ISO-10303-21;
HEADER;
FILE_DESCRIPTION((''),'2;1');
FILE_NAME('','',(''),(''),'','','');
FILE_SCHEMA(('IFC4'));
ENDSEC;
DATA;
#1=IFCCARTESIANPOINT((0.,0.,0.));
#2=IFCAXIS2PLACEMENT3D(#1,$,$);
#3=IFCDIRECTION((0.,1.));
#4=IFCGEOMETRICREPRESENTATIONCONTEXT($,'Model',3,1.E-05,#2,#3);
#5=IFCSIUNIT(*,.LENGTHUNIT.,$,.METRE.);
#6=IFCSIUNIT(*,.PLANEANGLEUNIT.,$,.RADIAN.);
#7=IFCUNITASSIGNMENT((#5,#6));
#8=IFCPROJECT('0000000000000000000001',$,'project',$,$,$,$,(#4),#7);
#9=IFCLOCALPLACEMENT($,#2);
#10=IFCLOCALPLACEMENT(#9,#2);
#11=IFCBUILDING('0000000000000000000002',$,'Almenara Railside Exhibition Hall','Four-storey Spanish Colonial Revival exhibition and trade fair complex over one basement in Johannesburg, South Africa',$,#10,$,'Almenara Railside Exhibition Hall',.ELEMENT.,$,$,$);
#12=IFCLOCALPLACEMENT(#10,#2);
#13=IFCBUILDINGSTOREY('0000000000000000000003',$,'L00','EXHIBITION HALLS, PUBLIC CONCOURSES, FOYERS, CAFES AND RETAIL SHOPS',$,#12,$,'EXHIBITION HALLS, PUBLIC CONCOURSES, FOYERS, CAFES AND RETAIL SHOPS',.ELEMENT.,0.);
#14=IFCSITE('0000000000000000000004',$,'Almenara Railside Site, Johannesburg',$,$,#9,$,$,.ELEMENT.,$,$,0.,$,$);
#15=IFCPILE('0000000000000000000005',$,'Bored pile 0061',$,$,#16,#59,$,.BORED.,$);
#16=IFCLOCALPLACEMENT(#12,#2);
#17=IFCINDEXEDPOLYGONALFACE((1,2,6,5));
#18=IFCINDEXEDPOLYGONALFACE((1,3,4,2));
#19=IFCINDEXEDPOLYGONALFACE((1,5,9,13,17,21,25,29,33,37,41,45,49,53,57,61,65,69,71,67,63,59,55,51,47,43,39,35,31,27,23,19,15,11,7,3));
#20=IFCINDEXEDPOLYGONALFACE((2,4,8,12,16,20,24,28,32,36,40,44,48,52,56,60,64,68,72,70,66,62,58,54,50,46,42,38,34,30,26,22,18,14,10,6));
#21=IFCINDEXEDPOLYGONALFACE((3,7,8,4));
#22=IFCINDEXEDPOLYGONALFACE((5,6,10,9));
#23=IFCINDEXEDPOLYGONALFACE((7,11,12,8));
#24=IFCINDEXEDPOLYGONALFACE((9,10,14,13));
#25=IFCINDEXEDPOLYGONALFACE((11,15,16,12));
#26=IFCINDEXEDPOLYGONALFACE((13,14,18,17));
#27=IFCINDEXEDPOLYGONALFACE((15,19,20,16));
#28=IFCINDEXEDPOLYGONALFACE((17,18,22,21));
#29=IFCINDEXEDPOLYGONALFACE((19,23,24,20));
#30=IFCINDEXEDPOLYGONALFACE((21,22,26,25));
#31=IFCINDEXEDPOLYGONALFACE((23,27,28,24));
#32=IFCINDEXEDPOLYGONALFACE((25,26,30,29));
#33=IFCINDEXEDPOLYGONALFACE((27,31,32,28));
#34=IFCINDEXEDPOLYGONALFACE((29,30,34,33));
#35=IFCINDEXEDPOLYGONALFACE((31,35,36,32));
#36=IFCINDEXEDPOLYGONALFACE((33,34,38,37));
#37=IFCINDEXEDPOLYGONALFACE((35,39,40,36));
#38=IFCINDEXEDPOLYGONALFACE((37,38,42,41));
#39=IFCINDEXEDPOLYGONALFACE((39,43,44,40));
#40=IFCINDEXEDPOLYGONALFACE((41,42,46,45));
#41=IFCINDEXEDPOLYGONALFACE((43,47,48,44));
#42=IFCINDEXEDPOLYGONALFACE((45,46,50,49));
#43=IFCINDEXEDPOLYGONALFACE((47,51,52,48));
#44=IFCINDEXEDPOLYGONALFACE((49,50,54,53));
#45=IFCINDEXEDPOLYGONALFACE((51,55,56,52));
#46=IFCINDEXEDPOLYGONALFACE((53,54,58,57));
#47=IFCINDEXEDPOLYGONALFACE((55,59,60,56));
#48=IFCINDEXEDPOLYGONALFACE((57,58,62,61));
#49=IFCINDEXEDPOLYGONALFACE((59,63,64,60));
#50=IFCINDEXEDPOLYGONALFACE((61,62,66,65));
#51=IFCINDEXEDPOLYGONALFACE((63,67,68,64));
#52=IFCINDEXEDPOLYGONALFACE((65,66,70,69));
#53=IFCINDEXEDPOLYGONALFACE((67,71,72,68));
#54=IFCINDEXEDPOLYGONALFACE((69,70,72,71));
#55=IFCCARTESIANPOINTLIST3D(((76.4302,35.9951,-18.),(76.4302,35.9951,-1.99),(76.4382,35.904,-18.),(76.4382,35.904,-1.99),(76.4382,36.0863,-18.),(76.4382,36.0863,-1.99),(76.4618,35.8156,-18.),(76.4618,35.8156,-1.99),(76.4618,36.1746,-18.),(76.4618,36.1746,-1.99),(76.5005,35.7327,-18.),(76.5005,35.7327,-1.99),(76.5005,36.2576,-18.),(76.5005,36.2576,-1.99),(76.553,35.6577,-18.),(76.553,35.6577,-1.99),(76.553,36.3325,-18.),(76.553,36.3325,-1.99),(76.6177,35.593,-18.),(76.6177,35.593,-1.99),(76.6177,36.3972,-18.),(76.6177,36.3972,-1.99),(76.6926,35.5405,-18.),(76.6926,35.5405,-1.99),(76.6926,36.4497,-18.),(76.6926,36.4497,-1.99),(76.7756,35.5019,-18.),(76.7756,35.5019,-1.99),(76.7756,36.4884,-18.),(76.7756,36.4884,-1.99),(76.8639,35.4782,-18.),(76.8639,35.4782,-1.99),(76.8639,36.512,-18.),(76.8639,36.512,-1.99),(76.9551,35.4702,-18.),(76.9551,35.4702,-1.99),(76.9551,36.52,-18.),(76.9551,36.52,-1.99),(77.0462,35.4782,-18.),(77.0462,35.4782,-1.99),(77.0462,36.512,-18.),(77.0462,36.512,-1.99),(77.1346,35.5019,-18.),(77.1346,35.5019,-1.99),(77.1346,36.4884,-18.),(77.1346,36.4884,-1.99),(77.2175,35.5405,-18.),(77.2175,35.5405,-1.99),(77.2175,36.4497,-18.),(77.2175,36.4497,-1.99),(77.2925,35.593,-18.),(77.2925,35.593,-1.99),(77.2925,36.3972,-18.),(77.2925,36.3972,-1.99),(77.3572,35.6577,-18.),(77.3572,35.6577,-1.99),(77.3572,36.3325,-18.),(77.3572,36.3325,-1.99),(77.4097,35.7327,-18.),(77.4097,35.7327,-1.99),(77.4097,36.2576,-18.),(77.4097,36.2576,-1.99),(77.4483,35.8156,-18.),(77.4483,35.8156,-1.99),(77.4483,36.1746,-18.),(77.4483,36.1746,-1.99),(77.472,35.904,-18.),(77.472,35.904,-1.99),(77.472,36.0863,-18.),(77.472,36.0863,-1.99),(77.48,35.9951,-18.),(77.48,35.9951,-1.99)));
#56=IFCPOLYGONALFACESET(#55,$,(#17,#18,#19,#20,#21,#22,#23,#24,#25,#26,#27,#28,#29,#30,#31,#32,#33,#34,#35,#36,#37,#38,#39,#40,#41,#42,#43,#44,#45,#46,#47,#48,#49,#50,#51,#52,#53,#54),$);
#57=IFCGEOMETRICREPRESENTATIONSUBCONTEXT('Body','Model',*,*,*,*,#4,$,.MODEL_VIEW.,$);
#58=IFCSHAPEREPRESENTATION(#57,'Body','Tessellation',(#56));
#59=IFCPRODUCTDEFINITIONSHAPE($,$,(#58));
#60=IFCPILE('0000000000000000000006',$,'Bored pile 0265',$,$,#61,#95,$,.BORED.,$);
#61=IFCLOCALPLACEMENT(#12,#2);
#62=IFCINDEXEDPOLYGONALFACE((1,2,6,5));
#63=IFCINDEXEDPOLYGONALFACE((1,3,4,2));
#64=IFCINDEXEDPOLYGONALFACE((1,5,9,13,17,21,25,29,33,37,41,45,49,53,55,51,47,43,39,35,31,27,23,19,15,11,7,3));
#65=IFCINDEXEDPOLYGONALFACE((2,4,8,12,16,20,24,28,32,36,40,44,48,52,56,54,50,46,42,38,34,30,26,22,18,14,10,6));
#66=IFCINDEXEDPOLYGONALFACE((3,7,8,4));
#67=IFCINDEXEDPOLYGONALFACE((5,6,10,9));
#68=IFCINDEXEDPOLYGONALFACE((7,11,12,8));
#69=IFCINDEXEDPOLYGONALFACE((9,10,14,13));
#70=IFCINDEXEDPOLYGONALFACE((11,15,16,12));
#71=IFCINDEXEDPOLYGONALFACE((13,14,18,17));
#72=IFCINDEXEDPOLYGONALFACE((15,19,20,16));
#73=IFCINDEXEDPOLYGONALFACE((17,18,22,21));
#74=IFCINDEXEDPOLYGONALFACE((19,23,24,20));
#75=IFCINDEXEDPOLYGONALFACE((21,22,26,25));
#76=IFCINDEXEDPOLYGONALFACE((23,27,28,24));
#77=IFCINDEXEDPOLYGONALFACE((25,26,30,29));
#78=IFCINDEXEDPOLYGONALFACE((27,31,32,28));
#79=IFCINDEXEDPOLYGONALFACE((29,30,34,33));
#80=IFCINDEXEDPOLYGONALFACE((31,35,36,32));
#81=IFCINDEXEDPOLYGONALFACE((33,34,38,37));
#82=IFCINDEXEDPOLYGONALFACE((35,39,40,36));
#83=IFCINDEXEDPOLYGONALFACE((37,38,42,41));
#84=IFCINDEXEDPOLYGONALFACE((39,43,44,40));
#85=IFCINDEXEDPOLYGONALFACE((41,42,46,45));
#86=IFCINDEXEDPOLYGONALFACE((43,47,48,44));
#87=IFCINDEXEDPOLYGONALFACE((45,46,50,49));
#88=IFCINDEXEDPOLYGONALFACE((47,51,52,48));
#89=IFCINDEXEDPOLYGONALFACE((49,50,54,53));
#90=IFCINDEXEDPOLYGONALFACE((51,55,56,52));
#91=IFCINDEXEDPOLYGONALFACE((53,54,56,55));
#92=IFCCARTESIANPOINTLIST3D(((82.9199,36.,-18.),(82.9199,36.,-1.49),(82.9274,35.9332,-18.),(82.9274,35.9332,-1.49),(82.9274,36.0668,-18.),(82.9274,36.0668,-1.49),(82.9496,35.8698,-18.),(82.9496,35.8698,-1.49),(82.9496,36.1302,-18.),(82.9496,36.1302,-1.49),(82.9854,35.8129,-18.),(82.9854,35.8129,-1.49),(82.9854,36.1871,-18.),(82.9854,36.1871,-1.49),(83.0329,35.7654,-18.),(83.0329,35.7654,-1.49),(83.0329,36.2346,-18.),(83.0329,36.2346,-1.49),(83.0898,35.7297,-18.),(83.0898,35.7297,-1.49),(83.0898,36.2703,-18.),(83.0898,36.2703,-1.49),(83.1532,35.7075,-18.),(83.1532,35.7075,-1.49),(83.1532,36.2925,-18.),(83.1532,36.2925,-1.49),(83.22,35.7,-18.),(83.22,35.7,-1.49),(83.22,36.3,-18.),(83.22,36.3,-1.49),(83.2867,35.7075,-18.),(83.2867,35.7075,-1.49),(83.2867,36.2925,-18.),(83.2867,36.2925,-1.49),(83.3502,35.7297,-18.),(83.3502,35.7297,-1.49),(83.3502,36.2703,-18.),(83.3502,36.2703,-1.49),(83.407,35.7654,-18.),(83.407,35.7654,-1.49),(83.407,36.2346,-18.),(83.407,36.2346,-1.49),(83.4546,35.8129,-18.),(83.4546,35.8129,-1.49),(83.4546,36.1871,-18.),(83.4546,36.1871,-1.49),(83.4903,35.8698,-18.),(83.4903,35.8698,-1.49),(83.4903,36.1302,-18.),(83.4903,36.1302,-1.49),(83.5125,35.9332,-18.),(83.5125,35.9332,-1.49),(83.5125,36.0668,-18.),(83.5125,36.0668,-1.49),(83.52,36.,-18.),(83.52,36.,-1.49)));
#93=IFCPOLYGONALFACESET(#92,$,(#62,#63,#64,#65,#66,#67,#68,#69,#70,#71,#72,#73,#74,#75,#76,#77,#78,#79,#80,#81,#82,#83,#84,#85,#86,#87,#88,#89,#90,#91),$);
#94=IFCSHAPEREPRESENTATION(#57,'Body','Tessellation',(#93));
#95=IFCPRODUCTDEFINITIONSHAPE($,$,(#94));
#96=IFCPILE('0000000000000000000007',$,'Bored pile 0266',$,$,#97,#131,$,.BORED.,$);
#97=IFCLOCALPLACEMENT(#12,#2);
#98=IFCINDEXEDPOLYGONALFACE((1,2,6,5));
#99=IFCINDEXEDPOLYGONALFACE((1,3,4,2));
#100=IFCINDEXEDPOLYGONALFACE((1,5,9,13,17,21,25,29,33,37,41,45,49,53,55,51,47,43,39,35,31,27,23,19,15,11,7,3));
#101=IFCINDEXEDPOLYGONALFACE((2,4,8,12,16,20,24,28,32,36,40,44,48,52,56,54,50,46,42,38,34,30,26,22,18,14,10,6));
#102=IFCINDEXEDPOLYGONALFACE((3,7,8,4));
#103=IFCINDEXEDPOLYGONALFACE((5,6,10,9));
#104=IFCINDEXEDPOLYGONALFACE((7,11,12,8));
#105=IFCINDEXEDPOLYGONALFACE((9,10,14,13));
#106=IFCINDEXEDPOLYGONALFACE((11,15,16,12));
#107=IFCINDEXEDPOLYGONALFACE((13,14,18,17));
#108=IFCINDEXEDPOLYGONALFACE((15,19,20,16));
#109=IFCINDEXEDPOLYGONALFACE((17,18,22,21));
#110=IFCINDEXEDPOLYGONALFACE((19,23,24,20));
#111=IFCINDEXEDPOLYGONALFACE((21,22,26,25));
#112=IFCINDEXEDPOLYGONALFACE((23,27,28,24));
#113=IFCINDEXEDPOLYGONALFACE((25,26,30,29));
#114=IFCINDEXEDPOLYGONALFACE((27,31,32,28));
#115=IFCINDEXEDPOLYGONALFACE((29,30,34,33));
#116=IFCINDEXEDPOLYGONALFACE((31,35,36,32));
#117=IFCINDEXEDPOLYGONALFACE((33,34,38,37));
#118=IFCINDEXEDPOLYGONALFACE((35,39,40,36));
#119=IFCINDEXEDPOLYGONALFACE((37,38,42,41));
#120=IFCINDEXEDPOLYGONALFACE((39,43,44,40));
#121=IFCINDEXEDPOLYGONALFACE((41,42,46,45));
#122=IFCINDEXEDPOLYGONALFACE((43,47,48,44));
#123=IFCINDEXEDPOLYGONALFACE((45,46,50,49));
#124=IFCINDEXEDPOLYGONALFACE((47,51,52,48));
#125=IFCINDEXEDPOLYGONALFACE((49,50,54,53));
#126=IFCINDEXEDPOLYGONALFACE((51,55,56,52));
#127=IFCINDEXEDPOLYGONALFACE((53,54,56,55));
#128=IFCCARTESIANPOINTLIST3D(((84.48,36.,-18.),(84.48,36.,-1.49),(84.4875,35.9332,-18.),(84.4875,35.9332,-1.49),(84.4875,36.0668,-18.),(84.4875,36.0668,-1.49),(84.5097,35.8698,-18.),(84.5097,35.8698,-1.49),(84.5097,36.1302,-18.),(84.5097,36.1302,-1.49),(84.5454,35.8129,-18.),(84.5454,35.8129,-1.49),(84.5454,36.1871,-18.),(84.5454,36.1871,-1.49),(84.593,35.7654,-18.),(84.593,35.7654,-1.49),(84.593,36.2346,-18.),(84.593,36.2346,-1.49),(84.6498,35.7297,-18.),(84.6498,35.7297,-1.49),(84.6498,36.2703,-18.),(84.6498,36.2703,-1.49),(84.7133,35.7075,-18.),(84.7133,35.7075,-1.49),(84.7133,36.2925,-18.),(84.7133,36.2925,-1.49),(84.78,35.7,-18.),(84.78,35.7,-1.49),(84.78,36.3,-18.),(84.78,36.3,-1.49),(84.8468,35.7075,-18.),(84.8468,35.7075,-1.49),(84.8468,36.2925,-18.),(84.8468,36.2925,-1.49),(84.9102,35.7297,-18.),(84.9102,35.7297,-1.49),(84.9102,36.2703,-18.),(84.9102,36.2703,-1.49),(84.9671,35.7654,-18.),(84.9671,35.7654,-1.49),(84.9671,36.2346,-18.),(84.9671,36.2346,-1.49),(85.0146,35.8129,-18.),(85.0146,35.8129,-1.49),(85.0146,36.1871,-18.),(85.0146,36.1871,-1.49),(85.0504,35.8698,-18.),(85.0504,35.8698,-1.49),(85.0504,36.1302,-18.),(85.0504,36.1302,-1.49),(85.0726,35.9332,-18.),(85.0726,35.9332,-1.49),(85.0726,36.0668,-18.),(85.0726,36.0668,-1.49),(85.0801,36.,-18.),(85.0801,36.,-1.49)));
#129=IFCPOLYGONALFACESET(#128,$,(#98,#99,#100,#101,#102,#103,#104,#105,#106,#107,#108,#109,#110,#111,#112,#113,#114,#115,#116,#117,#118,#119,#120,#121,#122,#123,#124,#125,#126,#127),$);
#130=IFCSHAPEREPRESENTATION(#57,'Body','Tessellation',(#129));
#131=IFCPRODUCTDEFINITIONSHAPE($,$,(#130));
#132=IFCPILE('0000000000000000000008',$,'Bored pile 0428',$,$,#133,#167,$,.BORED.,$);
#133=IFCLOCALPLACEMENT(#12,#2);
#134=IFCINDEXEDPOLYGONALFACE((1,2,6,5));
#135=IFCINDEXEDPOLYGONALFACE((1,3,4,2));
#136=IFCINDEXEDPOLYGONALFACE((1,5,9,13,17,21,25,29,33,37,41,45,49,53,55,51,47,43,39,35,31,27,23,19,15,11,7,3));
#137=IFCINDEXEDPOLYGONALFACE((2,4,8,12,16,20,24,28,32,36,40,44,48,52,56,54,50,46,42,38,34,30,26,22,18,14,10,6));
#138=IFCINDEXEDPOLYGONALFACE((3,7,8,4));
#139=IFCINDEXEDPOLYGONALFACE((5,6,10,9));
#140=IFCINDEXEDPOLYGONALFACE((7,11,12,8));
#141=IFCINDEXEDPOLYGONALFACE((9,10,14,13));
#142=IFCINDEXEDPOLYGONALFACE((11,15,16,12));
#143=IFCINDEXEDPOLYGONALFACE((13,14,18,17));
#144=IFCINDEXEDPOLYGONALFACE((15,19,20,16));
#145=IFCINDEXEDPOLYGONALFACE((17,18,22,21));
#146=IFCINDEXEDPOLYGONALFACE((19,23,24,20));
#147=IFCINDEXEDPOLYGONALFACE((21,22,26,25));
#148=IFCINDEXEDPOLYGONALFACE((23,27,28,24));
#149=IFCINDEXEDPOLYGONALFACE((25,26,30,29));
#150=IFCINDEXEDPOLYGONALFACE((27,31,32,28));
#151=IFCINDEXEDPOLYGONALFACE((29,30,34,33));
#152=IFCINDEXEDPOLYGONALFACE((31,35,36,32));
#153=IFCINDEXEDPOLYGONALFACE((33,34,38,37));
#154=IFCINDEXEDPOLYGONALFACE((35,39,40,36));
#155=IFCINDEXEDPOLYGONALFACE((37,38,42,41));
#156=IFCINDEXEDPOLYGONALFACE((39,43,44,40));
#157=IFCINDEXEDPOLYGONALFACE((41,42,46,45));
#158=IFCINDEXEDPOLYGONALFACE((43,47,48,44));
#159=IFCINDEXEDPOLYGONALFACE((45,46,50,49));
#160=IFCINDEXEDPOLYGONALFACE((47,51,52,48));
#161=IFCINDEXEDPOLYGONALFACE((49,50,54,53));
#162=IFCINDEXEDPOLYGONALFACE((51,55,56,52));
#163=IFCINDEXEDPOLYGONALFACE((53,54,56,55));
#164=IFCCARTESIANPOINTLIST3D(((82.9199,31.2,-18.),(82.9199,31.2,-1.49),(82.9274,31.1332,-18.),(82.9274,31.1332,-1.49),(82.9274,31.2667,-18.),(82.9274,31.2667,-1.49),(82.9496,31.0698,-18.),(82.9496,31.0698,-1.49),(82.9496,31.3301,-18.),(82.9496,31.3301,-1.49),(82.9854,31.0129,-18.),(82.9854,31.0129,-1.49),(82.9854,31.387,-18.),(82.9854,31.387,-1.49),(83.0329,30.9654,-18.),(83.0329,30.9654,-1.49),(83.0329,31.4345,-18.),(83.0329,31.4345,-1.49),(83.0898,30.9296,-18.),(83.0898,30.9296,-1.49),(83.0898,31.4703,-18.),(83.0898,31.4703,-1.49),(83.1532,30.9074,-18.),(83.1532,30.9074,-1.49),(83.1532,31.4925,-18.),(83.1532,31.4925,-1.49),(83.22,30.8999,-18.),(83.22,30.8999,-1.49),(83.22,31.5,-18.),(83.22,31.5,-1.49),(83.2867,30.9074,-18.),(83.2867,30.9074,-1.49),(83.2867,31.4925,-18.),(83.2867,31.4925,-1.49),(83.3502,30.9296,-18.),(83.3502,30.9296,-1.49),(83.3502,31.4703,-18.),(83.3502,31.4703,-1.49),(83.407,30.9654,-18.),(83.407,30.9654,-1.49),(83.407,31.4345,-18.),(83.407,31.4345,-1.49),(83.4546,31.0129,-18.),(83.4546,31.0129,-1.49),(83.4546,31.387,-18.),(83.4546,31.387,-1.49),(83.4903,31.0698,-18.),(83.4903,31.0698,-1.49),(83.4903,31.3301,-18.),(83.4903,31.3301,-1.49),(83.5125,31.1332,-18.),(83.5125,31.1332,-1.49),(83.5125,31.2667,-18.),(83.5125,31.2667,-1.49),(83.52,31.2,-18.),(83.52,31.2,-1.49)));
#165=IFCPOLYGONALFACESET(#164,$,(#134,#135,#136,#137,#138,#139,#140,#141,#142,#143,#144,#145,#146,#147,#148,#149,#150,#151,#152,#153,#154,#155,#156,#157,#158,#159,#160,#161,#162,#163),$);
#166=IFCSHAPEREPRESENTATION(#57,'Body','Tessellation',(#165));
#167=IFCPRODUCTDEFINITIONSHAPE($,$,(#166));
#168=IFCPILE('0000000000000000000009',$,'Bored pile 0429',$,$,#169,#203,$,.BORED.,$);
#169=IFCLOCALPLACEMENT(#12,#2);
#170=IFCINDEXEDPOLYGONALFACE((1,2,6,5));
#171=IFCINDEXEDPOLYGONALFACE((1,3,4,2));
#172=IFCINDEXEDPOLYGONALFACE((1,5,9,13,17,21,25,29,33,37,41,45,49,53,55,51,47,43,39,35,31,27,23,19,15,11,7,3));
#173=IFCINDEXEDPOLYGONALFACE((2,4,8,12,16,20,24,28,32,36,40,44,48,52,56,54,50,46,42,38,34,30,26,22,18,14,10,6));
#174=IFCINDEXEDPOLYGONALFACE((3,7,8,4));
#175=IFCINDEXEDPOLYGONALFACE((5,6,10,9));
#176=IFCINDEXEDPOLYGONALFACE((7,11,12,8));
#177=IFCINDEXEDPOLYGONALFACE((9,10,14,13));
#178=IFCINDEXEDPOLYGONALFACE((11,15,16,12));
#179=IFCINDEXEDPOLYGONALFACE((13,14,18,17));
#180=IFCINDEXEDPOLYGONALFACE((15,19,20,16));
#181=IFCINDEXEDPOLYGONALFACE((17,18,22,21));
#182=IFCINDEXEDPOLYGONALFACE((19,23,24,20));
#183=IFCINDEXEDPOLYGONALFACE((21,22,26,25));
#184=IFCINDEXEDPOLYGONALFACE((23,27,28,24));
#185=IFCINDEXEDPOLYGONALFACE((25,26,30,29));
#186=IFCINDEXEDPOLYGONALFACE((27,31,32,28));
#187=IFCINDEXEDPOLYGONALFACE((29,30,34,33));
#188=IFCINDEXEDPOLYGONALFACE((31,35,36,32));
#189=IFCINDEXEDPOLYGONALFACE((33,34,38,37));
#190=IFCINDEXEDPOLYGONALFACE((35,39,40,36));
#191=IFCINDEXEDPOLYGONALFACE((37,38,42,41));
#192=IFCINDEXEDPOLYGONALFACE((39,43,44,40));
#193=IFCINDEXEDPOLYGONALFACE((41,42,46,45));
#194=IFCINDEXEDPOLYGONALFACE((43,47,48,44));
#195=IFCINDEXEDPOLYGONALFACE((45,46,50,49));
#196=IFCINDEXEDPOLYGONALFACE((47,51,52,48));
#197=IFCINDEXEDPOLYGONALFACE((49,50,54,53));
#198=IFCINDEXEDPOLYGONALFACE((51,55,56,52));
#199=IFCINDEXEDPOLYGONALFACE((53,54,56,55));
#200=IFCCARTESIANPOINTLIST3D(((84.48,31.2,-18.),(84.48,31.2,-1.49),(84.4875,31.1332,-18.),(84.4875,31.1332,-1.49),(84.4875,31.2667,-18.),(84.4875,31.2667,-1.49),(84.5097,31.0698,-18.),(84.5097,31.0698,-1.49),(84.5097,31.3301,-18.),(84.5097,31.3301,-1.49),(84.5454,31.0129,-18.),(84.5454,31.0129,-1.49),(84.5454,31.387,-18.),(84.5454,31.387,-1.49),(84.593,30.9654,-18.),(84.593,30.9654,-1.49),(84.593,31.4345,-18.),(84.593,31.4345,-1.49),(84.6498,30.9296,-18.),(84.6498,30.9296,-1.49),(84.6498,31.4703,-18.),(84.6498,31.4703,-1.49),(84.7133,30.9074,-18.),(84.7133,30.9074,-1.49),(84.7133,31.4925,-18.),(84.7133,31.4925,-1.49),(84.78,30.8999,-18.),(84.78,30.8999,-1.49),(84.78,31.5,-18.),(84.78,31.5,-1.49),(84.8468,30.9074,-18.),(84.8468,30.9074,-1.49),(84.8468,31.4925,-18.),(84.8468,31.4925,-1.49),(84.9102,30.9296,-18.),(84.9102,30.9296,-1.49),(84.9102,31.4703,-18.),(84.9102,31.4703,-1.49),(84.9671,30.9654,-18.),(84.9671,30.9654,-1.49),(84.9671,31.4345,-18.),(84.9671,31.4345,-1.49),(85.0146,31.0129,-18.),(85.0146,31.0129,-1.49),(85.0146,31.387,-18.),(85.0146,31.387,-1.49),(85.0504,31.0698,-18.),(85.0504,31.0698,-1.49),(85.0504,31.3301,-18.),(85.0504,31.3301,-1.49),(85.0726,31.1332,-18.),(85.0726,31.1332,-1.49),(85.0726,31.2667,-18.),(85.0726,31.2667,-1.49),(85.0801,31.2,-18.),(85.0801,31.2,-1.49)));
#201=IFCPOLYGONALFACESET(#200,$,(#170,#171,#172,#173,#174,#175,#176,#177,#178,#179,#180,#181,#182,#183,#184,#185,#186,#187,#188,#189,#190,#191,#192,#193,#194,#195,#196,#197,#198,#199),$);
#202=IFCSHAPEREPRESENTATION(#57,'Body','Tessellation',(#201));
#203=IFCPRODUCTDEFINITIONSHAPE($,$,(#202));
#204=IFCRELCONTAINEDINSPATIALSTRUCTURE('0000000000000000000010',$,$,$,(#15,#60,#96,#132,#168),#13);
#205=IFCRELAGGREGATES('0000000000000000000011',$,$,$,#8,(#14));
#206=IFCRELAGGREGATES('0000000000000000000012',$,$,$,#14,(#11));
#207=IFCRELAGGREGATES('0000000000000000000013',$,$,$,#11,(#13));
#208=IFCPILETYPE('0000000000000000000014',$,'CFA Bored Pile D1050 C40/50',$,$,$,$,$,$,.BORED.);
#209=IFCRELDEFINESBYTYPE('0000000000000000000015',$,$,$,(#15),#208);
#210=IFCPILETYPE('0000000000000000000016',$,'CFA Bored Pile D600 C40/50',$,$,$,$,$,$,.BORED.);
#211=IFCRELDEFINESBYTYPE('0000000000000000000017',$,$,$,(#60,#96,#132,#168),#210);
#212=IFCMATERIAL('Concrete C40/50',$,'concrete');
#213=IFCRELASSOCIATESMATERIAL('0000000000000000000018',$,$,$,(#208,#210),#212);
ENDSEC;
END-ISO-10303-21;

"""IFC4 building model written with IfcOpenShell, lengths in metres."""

from ifc_helpers import new_model, si_unit, direction, frame, origin, origin_2d, place, context, subcontext, project, spatial, circle, extrude, material, material_profile, profile_set, type_object, element, save


model = new_model("IFC4")

# Units and contexts
model_context = context("Model", 3, precision=1e-05, world=origin(), true_north=direction((0.0, 1.0)))
body_context = subcontext(model_context, "Body", "Model", "MODEL_VIEW")
ifc_project = project(units=[si_unit("LENGTHUNIT", "METRE"), si_unit("PLANEANGLEUNIT", "RADIAN")], contexts=[model_context])

# Site, building, storey
site_placement = place(None, origin())
site = spatial("IfcSite", under=ifc_project, at=site_placement, Name="Almenara Railside Site, Johannesburg", CompositionType="ELEMENT", RefElevation=0.0)
building_placement = place(site_placement, origin())
building = spatial("IfcBuilding", under=site, at=building_placement, Name="Almenara Railside Exhibition Hall", Description="Four-storey Spanish Colonial Revival exhibition and trade fair complex over one basement in Johannesburg, South Africa", LongName="Almenara Railside Exhibition Hall", CompositionType="ELEMENT")
storey_placement = place(building_placement, origin())
storey = spatial("IfcBuildingStorey", under=building, at=storey_placement, Name="L00", Description="EXHIBITION HALLS, PUBLIC CONCOURSES, FOYERS, CAFES AND RETAIL SHOPS", LongName="EXHIBITION HALLS, PUBLIC CONCOURSES, FOYERS, CAFES AND RETAIL SHOPS", CompositionType="ELEMENT", Elevation=0.0)

# Piles
ifc_material_1 = material(Name="Concrete C40/50", Category="concrete")
ifc_material_profile_1 = material_profile(ifc_material_1, circle(Radius=0.5249, at=origin_2d()), Name="CFA-PILE D1050")
ifc_profile_set_1 = profile_set([ifc_material_profile_1], Name="Concrete C40/50")
pile_type_1 = type_object("IfcPileType", Name="CFA Bored Pile D1050 C40/50", PredefinedType="BORED", material=ifc_profile_set_1)
pile_placement = place(storey_placement, frame((76.9551, 35.9951, -1.99), z_axis=(0.0, 0.0, -1.0), x_axis=(1.0, 0.0, 0.0)))
element("IfcPile", 1, at=pile_placement, inside=storey, type_object=pile_type_1, Name="Bored pile 0061", PredefinedType="BORED", context=body_context, shape_type="SweptSolid", body=[
    extrude(circle(Radius=0.5249, at=origin_2d()), origin(), (0.0, 0.0, 1.0), 16.01),
])
ifc_material_profile_2 = material_profile(ifc_material_1, circle(Radius=0.3, at=origin_2d()), Name="CFA-PILE D600")
ifc_profile_set_2 = profile_set([ifc_material_profile_2], Name="Concrete C40/50")
pile_type_2 = type_object("IfcPileType", Name="CFA Bored Pile D600 C40/50", PredefinedType="BORED", material=ifc_profile_set_2)
for number, where, z_axis, x_axis, name in (
    (2, (83.22, 36.0, -1.49), (0.0, 0.0, -1.0), (1.0, 0.0, 0.0), "Bored pile 0265"),
    (3, (84.78, 36.0, -1.49), (0.0, 0.0, -1.0), (1.0, 0.0, 0.0), "Bored pile 0266"),
    (4, (83.22, 31.2, -1.49), (0.0, 0.0, -1.0), (1.0, 0.0, 0.0), "Bored pile 0428"),
    (5, (84.78, 31.2, -1.49), (0.0, 0.0, -1.0), (1.0, 0.0, 0.0), "Bored pile 0429"),
):
    element("IfcPile", number, at=place(storey_placement, frame(where, z_axis=z_axis, x_axis=x_axis)), inside=storey, type_object=pile_type_2, Name=name, PredefinedType="BORED", context=body_context, shape_type="SweptSolid", body=[
        extrude(circle(Radius=0.3, at=origin_2d()), origin(), (0.0, 0.0, 1.0), 16.51),
    ])

save(model, "model.ifc")
